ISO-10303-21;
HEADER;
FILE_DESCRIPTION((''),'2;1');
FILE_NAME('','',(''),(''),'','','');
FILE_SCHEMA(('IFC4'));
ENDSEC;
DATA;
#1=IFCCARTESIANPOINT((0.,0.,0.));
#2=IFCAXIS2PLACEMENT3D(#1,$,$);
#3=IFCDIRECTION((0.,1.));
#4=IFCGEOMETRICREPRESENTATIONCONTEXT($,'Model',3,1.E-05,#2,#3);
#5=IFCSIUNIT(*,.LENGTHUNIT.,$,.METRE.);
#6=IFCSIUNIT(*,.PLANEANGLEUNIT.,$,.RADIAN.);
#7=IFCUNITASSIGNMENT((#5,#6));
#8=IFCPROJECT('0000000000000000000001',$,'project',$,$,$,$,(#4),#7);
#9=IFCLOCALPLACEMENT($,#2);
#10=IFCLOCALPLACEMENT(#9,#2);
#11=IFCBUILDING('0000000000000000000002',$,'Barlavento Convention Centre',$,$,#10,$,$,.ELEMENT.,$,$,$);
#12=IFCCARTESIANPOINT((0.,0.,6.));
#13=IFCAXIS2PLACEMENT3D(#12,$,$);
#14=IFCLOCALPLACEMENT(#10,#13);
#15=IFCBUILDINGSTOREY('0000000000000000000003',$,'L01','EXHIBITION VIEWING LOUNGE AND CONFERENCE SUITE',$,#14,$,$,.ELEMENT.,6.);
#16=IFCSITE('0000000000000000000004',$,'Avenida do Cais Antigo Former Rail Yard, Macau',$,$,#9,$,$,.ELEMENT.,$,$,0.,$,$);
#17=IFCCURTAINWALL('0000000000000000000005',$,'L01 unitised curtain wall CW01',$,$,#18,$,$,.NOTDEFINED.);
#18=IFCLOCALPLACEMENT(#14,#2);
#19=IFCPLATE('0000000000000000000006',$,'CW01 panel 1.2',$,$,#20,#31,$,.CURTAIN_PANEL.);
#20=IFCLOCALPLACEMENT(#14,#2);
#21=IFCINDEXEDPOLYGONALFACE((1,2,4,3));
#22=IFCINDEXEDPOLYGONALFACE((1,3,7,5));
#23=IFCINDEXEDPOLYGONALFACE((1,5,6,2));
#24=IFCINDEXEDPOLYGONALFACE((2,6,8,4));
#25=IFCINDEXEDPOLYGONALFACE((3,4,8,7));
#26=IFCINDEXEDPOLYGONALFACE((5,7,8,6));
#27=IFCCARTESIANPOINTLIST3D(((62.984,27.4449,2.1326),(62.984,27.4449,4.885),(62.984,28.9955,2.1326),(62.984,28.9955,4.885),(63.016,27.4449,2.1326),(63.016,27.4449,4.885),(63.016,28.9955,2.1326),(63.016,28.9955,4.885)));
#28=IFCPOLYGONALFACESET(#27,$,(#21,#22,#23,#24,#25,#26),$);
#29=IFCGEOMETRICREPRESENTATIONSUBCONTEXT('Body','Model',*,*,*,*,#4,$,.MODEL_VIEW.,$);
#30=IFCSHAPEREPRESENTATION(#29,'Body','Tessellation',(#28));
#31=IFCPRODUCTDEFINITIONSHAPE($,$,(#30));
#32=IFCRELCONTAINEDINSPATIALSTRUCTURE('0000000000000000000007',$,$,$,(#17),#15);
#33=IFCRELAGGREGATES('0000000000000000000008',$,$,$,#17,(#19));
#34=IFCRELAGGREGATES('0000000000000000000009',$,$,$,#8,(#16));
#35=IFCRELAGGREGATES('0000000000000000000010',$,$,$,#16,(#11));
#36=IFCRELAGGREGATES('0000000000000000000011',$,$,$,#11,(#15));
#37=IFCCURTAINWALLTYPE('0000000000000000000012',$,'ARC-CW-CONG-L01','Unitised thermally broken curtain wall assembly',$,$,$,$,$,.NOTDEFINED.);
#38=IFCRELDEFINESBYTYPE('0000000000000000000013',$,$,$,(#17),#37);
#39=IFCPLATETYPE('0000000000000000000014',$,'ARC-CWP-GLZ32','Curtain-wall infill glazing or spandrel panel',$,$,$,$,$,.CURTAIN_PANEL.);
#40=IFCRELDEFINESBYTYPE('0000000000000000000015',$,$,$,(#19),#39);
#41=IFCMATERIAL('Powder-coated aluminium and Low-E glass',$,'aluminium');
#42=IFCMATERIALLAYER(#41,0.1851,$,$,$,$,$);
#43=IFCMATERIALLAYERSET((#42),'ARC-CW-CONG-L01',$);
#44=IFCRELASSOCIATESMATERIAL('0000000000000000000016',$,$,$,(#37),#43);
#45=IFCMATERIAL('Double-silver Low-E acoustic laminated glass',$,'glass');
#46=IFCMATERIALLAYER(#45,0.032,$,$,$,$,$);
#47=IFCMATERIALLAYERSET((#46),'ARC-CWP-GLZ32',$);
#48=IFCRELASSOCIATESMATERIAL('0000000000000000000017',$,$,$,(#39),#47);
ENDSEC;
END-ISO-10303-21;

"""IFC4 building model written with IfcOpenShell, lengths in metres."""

from ifc_helpers import new_model, si_unit, direction, frame, origin, origin_2d, place, context, subcontext, project, spatial, rectangle, extrude, material, layer, layer_set, type_object, element, aggregate, save


model = new_model("IFC4")

# Units and contexts
model_context = context("Model", 3, precision=1e-05, world=origin(), true_north=direction((0.0, 1.0)))
body_context = subcontext(model_context, "Body", "Model", "MODEL_VIEW")
ifc_project = project(units=[si_unit("LENGTHUNIT", "METRE"), si_unit("PLANEANGLEUNIT", "RADIAN")], contexts=[model_context])

# Site, building, storey
site_placement = place(None, origin())
site = spatial("IfcSite", under=ifc_project, at=site_placement, Name="Avenida do Cais Antigo Former Rail Yard, Macau", CompositionType="ELEMENT", RefElevation=0.0)
building_placement = place(site_placement, origin())
building = spatial("IfcBuilding", under=site, at=building_placement, Name="Barlavento Convention Centre", CompositionType="ELEMENT")
storey_placement = place(building_placement, frame((0.0, 0.0, 6.0)))
storey = spatial("IfcBuildingStorey", under=building, at=storey_placement, Name="L01", Description="EXHIBITION VIEWING LOUNGE AND CONFERENCE SUITE", CompositionType="ELEMENT", Elevation=6.0)

# Shared definitions
ifc_material_1 = material(Name="Powder-coated aluminium and Low-E glass", Category="aluminium")
ifc_layer_1 = layer(ifc_material_1, 0.1851)
ifc_layer_set_1 = layer_set([ifc_layer_1], Name="ARC-CW-CONG-L01")
curtain_wall_type = type_object("IfcCurtainWallType", Name="ARC-CW-CONG-L01", Description="Unitised thermally broken curtain wall assembly", PredefinedType="NOTDEFINED", material=ifc_layer_set_1)

# Curtain wall
curtain_wall_1_placement = place(storey_placement, origin())
curtain_wall_1 = element("IfcCurtainWall", 1, at=curtain_wall_1_placement, inside=storey, type_object=curtain_wall_type, Name="L01 unitised curtain wall CW01", PredefinedType="NOTDEFINED")

# Plate
ifc_material_2 = material(Name="Double-silver Low-E acoustic laminated glass", Category="glass")
ifc_layer_2 = layer(ifc_material_2, 0.032)
ifc_layer_set_2 = layer_set([ifc_layer_2], Name="ARC-CWP-GLZ32")
plate_type = type_object("IfcPlateType", Name="ARC-CWP-GLZ32", Description="Curtain-wall infill glazing or spandrel panel", PredefinedType="CURTAIN_PANEL", material=ifc_layer_set_2)
plate_1_placement = place(storey_placement, frame((63.0, 28.2202, 2.1326), z_axis=(0.0, 0.0, 1.0), x_axis=(0.0, 1.0, 0.0)))
plate_1 = element("IfcPlate", 2, at=plate_1_placement, type_object=plate_type, Name="CW01 panel 1.2", PredefinedType="CURTAIN_PANEL", context=body_context, shape_type="SweptSolid", body=[
    extrude(rectangle(XDim=1.5505, YDim=0.032, at=origin_2d()), origin(), (0.0, 0.0, 1.0), 2.7524),
])
aggregate(curtain_wall_1, [plate_1])

save(model, "model.ifc")
